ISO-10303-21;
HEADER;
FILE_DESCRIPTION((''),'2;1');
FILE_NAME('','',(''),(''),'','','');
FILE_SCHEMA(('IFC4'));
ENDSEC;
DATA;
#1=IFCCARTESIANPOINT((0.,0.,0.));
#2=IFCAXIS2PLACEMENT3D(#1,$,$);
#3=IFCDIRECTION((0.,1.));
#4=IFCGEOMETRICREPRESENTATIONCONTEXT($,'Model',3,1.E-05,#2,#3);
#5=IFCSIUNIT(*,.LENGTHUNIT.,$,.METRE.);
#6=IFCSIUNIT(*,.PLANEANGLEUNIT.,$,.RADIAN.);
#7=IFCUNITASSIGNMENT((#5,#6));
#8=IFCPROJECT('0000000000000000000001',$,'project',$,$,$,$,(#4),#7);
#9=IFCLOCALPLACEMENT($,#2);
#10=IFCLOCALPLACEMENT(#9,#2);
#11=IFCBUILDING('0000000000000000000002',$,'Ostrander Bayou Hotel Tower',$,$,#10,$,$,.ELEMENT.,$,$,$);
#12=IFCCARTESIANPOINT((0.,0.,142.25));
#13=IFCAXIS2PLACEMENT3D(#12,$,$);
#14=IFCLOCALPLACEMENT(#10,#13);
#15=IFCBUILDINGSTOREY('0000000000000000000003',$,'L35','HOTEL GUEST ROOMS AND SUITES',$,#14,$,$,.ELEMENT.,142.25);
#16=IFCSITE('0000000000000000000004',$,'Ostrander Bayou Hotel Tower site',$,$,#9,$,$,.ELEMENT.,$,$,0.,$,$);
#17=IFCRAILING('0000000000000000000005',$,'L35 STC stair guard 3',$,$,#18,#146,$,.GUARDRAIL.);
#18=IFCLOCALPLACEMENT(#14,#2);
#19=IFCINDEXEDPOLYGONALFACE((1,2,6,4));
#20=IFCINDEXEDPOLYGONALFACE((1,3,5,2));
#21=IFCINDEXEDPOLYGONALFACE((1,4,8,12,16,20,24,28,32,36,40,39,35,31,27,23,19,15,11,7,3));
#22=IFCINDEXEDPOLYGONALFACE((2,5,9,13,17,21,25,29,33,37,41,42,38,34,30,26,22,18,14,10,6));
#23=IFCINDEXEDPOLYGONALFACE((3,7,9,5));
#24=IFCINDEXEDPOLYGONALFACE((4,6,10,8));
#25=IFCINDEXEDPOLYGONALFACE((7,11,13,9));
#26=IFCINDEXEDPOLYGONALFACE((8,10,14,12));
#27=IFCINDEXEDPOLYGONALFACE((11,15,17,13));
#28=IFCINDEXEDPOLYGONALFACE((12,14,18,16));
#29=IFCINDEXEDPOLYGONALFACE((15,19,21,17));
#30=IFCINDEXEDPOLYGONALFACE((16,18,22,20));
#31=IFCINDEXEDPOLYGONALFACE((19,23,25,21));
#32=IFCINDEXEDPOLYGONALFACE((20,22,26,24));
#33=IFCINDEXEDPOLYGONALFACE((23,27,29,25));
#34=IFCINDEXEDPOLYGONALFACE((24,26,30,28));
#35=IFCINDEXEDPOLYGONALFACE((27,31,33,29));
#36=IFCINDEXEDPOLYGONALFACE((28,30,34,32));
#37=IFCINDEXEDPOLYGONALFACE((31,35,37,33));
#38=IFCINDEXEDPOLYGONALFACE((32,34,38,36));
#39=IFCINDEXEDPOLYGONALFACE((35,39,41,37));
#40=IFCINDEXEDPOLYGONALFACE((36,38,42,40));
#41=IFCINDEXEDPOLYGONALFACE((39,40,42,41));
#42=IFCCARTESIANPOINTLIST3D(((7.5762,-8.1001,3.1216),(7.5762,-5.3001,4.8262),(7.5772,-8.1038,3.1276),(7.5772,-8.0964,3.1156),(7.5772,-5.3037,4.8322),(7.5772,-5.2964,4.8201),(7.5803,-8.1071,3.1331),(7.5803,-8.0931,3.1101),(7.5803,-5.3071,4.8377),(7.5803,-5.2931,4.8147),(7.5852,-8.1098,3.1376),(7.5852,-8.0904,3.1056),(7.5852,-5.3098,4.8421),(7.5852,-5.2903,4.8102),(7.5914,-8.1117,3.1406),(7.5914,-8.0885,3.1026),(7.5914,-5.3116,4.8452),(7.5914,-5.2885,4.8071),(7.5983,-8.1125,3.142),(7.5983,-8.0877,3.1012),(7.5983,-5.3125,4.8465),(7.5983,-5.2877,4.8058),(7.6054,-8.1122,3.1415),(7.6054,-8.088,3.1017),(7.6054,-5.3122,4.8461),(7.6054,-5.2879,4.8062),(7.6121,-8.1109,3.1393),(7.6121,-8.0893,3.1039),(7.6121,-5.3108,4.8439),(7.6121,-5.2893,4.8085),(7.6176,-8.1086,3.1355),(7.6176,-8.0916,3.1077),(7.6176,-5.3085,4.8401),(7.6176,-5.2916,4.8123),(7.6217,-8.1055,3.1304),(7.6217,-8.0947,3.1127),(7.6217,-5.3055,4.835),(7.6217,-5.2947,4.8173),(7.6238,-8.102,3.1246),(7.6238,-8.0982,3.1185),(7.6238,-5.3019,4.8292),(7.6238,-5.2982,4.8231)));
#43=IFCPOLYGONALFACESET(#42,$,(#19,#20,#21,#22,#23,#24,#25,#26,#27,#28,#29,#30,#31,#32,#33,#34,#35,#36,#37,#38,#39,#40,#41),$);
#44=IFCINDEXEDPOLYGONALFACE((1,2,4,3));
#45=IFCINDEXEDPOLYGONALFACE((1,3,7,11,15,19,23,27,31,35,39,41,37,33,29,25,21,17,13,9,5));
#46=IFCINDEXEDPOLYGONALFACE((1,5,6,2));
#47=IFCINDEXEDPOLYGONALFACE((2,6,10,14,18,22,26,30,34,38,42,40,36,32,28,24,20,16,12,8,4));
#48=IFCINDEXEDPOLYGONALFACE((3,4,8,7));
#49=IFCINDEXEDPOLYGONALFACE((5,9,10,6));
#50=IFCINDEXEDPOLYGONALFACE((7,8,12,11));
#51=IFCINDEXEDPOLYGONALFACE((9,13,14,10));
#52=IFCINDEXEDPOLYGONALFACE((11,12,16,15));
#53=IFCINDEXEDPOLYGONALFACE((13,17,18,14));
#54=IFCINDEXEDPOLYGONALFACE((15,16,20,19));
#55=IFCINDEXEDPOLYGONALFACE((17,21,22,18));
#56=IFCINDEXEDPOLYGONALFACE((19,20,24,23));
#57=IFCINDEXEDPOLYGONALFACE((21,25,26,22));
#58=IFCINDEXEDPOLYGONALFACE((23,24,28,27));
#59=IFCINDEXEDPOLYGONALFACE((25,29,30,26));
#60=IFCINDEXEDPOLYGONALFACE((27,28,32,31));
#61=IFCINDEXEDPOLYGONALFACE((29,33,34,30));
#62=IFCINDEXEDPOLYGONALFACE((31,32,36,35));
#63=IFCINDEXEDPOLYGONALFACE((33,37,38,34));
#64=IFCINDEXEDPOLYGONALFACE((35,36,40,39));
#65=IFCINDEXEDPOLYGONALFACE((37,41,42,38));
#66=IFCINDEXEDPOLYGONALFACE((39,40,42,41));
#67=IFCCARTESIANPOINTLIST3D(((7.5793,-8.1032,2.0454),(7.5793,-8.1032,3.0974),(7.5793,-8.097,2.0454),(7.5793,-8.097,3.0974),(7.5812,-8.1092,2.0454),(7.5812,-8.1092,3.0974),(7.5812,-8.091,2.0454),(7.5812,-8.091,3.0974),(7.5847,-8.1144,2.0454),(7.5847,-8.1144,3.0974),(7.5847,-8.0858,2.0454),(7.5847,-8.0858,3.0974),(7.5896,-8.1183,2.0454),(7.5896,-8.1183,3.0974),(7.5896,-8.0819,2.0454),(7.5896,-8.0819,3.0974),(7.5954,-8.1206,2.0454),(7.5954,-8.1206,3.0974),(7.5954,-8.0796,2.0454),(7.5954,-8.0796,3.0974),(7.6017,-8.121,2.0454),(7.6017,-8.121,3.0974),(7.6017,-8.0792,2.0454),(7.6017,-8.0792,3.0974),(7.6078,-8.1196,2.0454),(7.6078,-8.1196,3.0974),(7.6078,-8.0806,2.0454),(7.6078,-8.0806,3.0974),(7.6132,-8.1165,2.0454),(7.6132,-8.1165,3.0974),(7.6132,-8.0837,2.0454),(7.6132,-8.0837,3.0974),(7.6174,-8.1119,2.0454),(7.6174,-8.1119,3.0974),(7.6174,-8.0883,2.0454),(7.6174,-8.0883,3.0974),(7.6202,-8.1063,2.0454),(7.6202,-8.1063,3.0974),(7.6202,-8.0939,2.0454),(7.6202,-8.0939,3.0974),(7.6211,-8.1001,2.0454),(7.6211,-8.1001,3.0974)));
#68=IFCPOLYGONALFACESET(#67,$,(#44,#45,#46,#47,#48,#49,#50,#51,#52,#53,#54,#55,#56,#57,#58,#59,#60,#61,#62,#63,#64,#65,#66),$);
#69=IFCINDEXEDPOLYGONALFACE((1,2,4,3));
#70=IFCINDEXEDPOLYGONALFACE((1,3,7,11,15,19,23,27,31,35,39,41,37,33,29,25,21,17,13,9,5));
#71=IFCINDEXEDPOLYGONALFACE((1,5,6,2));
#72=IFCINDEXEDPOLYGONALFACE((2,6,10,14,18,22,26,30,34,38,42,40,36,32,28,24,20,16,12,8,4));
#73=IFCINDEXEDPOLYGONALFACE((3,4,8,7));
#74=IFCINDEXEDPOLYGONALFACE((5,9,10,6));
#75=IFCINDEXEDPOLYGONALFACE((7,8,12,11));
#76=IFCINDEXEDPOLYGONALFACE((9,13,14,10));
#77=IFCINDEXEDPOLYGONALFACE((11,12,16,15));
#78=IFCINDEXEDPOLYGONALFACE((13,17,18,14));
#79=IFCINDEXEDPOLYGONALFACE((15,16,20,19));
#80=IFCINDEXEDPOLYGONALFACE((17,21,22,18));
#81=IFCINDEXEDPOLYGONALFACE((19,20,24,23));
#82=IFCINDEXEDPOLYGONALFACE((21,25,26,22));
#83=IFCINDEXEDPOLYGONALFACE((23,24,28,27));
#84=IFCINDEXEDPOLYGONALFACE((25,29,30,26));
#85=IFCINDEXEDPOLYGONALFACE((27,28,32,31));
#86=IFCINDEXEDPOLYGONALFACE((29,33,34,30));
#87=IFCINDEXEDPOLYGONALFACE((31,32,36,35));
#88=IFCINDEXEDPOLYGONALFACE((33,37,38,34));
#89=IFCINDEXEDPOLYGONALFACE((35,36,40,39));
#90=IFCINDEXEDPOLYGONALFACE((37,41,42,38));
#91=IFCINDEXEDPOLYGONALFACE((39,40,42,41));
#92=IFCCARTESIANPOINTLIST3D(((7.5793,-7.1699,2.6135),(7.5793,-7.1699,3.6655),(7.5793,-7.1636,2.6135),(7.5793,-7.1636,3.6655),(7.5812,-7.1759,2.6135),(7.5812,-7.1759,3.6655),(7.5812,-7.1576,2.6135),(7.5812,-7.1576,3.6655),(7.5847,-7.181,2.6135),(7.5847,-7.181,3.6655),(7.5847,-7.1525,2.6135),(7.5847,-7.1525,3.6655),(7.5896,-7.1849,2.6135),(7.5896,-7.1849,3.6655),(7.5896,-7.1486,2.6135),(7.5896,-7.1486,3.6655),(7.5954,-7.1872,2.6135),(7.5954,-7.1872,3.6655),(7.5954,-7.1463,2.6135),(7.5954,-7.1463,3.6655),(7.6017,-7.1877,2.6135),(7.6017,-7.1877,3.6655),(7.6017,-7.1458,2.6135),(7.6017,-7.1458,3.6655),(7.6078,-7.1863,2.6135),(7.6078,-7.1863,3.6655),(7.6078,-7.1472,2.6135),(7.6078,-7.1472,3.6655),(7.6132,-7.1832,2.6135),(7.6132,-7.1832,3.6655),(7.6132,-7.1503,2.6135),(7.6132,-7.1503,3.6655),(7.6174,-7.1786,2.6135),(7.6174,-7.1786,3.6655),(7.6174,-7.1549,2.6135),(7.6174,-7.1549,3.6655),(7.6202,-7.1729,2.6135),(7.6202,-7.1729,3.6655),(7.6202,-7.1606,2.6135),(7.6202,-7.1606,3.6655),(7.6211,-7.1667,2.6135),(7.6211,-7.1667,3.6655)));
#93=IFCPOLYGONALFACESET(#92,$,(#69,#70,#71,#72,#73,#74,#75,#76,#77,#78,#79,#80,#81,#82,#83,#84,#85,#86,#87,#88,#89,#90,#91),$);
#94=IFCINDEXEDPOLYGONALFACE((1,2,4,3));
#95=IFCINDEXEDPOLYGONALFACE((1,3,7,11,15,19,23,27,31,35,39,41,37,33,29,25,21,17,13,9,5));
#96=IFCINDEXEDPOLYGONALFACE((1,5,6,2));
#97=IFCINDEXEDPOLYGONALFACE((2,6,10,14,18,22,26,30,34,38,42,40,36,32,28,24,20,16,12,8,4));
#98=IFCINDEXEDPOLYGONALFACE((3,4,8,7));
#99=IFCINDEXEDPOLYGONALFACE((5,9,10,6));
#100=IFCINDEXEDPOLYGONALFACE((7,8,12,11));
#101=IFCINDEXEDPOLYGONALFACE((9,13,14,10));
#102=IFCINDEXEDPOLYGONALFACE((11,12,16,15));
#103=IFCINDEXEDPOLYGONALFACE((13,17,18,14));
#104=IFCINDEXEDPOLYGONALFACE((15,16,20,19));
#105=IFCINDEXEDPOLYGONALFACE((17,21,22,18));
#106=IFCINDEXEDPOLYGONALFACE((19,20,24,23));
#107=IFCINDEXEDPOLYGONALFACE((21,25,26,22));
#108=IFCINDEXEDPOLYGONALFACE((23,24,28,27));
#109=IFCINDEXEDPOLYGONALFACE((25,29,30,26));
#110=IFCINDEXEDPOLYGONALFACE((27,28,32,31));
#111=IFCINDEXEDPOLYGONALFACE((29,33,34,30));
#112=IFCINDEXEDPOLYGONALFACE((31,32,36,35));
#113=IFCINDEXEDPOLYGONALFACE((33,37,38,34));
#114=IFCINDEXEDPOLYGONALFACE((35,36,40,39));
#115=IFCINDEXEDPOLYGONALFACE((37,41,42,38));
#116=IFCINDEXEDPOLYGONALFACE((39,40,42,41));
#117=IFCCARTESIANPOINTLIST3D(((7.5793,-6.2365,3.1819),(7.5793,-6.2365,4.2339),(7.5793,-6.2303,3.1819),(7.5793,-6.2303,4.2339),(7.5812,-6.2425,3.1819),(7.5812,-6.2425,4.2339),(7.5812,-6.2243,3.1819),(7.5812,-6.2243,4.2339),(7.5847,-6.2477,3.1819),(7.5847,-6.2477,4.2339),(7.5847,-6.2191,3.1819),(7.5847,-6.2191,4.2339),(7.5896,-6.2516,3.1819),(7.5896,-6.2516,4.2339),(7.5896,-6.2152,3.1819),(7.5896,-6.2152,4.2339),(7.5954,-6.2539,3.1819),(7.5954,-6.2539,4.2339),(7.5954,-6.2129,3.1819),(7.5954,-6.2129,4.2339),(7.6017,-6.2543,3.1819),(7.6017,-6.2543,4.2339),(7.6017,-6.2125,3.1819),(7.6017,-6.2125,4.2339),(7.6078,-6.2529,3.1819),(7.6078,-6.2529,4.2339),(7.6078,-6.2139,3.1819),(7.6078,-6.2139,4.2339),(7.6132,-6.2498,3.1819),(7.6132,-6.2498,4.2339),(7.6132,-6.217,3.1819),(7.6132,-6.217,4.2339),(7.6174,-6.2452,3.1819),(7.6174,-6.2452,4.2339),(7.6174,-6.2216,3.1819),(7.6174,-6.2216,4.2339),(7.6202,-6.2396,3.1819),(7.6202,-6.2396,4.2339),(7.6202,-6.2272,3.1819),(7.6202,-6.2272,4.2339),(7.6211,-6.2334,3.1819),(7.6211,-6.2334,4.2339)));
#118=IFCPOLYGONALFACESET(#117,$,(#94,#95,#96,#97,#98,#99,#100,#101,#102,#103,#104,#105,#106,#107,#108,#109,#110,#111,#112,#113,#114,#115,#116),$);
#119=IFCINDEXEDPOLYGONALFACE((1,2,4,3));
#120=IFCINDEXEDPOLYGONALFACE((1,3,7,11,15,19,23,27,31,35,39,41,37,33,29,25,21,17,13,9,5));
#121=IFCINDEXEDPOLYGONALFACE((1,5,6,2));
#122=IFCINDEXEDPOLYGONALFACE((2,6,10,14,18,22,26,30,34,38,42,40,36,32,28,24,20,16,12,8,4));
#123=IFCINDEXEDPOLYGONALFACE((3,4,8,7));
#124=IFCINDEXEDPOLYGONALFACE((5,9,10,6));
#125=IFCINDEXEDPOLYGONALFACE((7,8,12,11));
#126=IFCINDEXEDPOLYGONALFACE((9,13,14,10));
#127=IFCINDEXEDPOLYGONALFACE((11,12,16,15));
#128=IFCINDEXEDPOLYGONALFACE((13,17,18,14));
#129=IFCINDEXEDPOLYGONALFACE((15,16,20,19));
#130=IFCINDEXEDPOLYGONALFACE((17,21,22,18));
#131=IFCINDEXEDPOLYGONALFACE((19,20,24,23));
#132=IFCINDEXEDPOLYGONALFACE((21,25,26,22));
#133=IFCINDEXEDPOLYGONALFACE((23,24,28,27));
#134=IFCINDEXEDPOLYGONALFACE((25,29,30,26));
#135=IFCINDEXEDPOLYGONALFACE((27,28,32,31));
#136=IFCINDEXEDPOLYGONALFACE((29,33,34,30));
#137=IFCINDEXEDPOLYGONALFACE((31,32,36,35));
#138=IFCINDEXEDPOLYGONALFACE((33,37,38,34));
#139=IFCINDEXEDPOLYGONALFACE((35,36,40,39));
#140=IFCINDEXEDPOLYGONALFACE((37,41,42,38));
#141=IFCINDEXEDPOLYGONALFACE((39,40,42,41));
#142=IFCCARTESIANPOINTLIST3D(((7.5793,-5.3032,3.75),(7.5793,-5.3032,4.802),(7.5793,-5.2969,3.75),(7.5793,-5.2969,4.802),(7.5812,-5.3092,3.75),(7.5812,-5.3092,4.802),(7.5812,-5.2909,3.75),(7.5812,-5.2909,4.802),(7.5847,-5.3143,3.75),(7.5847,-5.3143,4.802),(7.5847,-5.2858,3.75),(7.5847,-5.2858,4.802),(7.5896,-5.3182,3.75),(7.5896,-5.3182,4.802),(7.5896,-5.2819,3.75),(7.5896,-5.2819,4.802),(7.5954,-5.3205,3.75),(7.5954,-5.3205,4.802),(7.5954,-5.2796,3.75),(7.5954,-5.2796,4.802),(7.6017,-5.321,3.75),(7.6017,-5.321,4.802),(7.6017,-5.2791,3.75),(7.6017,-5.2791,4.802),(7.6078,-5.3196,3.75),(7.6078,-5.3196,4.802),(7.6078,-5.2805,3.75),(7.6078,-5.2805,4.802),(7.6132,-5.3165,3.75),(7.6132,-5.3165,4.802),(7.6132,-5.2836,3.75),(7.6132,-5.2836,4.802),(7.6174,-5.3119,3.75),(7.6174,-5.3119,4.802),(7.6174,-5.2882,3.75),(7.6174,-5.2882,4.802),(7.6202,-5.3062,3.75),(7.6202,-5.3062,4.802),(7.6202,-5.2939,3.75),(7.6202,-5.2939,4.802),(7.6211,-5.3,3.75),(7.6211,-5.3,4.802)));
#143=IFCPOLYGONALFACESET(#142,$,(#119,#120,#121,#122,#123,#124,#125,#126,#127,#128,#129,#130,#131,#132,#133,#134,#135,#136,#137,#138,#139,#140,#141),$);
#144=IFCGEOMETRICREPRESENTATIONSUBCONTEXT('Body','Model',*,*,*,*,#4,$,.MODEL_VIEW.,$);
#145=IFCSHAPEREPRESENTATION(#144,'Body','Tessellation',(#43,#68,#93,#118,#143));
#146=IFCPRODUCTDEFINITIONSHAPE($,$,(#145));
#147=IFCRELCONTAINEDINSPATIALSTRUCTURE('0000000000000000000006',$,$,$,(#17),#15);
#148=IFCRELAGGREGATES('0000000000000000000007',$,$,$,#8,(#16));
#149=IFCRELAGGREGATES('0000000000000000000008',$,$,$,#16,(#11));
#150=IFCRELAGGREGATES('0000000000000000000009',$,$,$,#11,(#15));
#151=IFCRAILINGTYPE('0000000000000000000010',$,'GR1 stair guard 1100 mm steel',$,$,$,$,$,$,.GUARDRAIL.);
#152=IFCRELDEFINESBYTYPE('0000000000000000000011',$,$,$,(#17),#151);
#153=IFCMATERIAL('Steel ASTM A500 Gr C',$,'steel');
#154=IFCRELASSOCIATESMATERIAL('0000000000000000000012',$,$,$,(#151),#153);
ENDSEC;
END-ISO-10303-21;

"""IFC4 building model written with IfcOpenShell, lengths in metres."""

from ifc_helpers import new_model, si_unit, direction, frame, origin, origin_2d, place, context, subcontext, project, spatial, circle, extrude, material, type_object, element, save


model = new_model("IFC4")

# Units and contexts
model_context = context("Model", 3, precision=1e-05, world=origin(), true_north=direction((0.0, 1.0)))
body_context = subcontext(model_context, "Body", "Model", "MODEL_VIEW")
ifc_project = project(units=[si_unit("LENGTHUNIT", "METRE"), si_unit("PLANEANGLEUNIT", "RADIAN")], contexts=[model_context])

# Site, building, storey
site_placement = place(None, origin())
site = spatial("IfcSite", under=ifc_project, at=site_placement, Name="Ostrander Bayou Hotel Tower site", CompositionType="ELEMENT", RefElevation=0.0)
building_placement = place(site_placement, origin())
building = spatial("IfcBuilding", under=site, at=building_placement, Name="Ostrander Bayou Hotel Tower", CompositionType="ELEMENT")
storey_placement = place(building_placement, frame((0.0, 0.0, 142.25)))
storey = spatial("IfcBuildingStorey", under=building, at=storey_placement, Name="L35", Description="HOTEL GUEST ROOMS AND SUITES", CompositionType="ELEMENT", Elevation=142.25)

# Railing
ifc_material_1 = material(Name="Steel ASTM A500 Gr C", Category="steel")
railing_type_1 = type_object("IfcRailingType", Name="GR1 stair guard 1100 mm steel", PredefinedType="GUARDRAIL", material=ifc_material_1)
railing_1_placement = place(storey_placement, frame((7.6001, -8.1001, 2.0454)))
element("IfcRailing", 1, at=railing_1_placement, inside=storey, type_object=railing_type_1, Name="L35 STC stair guard 3", PredefinedType="GUARDRAIL", context=body_context, shape_type="SweptSolid", body=[
    extrude(circle(Radius=0.0239, at=origin_2d()), frame((0.0, 0.0, 1.0762), z_axis=(0.0, 0.85417, 0.519994), x_axis=(-1.0, 0.0, 0.0)), (0.0, 0.0, 1.0), 3.2781),
    extrude(circle(Radius=0.021, at=origin_2d()), origin(), (0.0, 0.0, 1.0), 1.052),
    extrude(circle(Radius=0.021, at=origin_2d()), frame((0.0, 0.9333, 0.5681)), (0.0, 0.0, 1.0), 1.052),
    extrude(circle(Radius=0.021, at=origin_2d()), frame((0.0, 1.8667, 1.1365)), (0.0, 0.0, 1.0), 1.052),
    extrude(circle(Radius=0.021, at=origin_2d()), frame((0.0, 2.8, 1.7046)), (0.0, 0.0, 1.0), 1.052),
])

save(model, "model.ifc")
